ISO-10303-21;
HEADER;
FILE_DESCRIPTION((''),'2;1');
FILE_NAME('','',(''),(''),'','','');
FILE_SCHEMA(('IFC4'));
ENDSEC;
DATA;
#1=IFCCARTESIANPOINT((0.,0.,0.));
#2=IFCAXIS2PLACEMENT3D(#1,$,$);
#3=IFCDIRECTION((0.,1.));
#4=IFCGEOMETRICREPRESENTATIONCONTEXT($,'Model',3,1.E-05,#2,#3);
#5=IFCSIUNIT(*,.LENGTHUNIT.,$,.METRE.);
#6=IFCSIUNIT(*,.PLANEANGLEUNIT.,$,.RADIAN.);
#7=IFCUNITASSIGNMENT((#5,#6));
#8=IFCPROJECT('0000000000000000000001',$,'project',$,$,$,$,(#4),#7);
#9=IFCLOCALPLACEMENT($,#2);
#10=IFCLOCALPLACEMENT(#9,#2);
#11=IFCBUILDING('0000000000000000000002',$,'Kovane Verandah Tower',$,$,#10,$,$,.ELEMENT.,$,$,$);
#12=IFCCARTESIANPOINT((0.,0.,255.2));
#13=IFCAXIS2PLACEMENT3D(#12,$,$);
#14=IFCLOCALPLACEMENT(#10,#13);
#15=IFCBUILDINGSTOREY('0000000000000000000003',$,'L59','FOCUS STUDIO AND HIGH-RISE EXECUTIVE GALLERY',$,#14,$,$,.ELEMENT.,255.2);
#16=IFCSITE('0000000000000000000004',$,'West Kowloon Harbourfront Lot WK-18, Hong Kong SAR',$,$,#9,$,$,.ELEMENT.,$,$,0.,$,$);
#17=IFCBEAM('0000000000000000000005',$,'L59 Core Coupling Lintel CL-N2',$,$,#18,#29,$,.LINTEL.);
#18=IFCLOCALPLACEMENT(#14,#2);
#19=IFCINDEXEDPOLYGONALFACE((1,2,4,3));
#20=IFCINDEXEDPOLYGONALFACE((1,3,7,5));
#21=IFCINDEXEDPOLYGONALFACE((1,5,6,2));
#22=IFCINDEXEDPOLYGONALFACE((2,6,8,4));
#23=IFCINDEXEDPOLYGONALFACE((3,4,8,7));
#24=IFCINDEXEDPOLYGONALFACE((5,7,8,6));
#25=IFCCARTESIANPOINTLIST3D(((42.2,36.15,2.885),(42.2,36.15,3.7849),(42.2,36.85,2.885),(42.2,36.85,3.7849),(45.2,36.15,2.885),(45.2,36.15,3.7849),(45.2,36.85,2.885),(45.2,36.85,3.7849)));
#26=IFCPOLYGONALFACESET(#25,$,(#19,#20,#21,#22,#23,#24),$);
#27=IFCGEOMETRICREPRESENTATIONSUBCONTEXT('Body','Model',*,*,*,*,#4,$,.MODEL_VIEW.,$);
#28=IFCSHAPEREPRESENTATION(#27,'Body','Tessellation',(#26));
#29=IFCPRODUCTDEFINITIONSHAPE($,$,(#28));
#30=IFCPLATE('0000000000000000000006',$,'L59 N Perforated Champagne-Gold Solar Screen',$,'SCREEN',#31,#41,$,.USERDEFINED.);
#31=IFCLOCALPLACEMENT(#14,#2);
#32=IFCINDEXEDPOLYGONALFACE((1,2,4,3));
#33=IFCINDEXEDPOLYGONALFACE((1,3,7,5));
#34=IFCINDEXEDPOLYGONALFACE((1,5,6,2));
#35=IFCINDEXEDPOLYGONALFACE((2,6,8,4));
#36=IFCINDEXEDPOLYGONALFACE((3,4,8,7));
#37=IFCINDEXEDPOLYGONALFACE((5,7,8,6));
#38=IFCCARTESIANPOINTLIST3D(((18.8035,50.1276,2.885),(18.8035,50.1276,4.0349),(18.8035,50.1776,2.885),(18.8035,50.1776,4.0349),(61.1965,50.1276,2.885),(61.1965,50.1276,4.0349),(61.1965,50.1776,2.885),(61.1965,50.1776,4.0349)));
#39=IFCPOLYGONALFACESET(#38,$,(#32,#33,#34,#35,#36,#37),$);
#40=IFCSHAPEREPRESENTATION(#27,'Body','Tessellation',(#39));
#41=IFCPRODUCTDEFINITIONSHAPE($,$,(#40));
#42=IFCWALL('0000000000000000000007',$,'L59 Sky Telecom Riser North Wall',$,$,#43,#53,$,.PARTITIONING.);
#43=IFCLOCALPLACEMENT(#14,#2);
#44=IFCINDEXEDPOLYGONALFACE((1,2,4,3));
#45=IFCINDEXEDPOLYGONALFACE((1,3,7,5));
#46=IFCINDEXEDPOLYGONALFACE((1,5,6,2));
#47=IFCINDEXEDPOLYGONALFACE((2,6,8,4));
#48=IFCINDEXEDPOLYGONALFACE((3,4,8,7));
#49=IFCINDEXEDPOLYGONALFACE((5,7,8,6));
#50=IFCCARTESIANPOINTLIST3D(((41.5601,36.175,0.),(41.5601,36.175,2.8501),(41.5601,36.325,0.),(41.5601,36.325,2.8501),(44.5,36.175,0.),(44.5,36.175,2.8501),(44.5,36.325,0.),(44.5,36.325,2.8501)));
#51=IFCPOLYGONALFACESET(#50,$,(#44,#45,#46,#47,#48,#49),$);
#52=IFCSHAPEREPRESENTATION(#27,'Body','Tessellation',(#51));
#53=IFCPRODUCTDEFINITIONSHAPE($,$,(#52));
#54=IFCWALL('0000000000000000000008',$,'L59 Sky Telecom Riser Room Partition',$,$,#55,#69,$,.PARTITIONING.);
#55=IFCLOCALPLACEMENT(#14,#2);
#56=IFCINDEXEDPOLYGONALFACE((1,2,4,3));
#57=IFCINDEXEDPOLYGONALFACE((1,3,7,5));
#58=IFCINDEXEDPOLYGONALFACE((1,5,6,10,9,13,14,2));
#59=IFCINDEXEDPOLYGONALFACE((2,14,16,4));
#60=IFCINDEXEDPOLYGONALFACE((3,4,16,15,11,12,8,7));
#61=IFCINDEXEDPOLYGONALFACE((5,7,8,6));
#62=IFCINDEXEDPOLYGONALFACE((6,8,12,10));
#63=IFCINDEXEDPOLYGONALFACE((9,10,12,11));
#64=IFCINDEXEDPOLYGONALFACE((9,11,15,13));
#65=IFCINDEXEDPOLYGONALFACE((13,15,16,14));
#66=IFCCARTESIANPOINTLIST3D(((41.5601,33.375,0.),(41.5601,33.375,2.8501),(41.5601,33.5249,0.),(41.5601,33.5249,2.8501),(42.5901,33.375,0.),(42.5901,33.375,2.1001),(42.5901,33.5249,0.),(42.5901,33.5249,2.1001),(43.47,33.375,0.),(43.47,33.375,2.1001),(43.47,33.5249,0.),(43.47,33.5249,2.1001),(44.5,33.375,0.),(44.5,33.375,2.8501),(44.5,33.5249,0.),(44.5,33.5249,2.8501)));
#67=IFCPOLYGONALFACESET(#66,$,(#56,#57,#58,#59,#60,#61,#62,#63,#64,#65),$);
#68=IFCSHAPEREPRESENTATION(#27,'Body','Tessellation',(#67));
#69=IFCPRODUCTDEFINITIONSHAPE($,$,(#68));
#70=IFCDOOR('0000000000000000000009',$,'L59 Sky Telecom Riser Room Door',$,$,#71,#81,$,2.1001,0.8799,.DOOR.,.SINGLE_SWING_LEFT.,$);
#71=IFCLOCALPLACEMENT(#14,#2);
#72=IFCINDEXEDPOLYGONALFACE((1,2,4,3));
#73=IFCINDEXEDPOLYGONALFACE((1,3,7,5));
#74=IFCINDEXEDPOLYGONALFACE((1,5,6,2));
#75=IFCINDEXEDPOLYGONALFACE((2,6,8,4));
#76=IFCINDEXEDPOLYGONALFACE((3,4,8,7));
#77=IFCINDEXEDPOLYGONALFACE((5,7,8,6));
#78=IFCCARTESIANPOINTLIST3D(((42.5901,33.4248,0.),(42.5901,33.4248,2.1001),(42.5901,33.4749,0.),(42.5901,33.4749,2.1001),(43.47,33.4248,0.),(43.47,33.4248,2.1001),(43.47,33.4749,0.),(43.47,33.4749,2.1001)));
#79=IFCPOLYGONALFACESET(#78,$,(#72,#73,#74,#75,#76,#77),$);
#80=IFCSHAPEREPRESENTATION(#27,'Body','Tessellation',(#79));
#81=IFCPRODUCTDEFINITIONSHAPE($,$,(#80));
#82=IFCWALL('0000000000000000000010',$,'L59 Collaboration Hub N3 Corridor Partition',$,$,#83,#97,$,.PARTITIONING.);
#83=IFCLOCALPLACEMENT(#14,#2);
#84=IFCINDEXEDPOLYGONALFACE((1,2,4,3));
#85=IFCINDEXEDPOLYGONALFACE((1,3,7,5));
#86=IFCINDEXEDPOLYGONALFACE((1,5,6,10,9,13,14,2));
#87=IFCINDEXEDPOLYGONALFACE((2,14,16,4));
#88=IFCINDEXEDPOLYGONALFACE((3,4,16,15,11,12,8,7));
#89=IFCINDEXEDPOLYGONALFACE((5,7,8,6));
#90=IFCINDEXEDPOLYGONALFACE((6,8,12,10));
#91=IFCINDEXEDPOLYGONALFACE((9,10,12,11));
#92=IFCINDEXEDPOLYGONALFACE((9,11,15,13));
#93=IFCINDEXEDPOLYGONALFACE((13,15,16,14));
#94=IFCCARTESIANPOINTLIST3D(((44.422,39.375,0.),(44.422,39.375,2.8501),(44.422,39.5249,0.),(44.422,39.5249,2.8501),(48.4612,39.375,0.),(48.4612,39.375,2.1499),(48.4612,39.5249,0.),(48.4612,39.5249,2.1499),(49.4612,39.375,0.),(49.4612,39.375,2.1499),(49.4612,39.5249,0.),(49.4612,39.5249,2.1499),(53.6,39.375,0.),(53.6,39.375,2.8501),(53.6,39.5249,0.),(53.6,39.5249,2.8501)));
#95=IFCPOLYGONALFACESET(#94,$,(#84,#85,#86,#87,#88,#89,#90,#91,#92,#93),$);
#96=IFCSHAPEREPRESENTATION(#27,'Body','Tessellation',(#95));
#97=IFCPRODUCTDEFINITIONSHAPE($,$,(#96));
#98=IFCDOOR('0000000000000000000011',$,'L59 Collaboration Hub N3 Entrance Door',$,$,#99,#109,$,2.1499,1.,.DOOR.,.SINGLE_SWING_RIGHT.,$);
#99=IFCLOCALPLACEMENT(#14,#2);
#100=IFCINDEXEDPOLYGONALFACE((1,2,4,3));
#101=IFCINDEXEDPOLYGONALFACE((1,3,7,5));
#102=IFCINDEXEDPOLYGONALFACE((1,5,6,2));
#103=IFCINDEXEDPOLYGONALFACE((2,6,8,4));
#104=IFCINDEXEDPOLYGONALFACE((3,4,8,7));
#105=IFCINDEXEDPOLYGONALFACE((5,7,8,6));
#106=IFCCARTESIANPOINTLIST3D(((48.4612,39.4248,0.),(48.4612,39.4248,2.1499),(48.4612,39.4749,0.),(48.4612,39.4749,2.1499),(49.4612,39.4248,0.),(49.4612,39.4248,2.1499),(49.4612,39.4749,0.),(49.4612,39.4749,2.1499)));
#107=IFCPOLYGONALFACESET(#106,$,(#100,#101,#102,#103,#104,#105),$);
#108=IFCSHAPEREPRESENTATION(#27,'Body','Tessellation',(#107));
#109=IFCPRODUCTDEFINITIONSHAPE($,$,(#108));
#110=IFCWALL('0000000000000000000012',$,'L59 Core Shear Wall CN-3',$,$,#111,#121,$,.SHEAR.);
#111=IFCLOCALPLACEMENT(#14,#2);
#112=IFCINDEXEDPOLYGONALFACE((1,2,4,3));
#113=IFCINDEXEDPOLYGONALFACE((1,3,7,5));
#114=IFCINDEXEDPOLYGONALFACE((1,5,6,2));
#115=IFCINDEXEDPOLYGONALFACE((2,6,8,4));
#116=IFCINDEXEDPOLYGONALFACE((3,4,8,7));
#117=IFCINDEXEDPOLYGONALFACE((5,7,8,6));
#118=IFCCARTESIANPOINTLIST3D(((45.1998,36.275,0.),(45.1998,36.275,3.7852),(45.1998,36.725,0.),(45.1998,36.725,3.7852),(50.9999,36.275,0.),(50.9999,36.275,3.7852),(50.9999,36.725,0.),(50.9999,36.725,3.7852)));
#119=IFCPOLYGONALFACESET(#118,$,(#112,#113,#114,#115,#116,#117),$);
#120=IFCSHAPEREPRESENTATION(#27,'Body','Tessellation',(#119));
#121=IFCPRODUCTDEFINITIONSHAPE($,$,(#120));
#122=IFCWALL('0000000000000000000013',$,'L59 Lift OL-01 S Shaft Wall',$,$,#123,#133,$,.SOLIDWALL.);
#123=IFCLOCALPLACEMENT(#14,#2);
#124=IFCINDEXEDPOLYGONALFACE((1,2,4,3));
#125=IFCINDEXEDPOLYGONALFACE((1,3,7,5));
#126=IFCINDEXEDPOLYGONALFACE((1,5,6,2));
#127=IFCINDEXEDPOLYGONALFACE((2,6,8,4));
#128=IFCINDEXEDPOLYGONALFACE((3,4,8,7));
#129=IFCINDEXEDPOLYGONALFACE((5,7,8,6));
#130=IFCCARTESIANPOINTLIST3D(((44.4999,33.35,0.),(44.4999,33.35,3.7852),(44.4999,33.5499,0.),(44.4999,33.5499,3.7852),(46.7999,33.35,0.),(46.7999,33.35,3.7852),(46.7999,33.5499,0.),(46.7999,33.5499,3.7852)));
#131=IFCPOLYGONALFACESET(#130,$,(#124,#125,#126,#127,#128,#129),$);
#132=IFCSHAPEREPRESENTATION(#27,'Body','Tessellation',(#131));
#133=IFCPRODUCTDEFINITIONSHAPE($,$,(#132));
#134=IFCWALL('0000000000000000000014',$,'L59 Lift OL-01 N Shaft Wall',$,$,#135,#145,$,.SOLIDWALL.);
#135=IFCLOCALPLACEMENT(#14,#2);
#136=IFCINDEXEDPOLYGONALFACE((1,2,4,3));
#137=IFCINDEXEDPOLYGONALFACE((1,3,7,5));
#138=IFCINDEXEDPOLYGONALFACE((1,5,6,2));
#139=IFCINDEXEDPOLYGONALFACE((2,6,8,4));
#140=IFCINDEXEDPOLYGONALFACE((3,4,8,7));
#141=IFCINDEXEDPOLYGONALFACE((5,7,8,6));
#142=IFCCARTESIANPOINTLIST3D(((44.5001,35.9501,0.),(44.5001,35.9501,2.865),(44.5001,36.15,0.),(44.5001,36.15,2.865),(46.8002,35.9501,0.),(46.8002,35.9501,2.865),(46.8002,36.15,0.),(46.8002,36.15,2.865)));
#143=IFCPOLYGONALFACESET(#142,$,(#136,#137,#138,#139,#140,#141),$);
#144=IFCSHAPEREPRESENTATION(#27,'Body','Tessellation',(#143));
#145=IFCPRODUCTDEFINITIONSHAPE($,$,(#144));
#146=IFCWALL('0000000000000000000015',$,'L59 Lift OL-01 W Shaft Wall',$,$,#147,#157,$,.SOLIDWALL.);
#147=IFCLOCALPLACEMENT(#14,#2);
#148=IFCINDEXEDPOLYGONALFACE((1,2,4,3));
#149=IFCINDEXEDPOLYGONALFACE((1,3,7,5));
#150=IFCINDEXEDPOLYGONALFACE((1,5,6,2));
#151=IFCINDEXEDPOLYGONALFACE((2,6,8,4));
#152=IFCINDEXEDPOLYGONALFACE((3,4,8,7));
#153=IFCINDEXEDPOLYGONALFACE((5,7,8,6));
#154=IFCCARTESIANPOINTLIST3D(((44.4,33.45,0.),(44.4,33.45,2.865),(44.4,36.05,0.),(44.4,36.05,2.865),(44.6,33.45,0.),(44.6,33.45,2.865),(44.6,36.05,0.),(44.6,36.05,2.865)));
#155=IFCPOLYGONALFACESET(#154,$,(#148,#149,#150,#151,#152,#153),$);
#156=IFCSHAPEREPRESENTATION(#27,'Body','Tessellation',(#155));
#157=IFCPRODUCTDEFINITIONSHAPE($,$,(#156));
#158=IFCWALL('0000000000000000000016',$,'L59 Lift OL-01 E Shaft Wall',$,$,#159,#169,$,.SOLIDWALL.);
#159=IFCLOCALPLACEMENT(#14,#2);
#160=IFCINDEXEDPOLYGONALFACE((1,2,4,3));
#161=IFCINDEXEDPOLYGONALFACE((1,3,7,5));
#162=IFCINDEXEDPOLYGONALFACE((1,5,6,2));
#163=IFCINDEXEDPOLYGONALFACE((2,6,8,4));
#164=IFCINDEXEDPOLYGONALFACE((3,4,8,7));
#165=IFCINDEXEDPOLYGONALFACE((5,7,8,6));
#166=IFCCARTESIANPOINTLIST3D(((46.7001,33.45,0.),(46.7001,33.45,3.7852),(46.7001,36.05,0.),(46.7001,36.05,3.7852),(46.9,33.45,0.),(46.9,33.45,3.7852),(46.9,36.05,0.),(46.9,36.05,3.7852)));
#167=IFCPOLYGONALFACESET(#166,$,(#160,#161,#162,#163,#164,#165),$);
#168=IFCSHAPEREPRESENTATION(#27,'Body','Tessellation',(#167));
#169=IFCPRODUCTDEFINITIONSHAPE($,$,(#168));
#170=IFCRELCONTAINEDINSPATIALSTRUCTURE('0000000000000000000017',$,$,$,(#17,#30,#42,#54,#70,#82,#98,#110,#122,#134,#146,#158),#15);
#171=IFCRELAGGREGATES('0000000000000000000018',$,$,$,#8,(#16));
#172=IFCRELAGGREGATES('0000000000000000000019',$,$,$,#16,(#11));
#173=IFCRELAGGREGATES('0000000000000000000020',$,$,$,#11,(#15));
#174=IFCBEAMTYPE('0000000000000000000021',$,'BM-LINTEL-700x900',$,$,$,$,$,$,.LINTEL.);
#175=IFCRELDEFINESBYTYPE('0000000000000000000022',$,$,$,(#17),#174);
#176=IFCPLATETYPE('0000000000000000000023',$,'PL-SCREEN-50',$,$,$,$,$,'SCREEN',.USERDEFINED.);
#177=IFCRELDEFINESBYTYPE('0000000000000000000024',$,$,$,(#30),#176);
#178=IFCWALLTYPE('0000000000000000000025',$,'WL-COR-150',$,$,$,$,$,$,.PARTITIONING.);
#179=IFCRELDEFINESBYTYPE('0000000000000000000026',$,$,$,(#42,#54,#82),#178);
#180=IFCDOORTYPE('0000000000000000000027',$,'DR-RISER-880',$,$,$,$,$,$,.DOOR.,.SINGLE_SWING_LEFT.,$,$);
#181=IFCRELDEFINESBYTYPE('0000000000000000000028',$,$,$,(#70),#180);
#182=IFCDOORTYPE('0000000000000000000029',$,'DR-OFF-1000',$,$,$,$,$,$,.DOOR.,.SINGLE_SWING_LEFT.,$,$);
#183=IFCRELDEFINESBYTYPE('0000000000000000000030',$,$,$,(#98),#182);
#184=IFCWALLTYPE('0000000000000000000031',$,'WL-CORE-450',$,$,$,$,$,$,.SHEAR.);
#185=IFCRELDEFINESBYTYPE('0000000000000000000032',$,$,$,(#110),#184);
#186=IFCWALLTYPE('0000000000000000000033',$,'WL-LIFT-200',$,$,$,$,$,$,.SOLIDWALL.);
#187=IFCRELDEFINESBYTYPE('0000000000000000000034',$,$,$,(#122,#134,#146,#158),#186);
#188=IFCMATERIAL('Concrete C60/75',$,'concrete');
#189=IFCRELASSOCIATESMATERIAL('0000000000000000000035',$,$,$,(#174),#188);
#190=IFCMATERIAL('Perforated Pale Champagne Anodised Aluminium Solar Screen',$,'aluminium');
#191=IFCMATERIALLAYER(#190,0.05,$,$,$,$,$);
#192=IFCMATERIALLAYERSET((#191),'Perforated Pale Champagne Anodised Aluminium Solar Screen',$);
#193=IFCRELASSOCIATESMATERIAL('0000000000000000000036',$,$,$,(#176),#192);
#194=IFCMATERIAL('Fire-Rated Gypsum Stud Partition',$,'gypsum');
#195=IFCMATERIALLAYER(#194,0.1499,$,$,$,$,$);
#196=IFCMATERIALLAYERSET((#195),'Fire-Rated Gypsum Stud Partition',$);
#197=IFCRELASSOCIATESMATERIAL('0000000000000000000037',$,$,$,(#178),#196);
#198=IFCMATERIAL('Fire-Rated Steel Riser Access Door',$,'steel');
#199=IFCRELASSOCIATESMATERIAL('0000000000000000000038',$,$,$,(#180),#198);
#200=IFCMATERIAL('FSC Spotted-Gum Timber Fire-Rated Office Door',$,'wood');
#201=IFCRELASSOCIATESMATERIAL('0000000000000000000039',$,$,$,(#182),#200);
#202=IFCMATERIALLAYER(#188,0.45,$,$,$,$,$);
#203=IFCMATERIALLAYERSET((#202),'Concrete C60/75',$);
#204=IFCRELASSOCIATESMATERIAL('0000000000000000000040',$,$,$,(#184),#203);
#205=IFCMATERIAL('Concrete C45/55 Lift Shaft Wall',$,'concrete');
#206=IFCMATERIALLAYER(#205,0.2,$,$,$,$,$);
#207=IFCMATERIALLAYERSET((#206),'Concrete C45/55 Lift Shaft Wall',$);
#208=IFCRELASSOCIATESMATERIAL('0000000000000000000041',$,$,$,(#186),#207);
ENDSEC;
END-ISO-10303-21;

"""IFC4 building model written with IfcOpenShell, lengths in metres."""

from ifc_helpers import new_model, si_unit, direction, frame, frame_2d, origin, origin_2d, place, context, subcontext, project, spatial, rectangle, extrude, material, layer, layer_set, material_profile, profile_set, type_object, element, fill, save


model = new_model("IFC4")

# Units and contexts
model_context = context("Model", 3, precision=1e-05, world=origin(), true_north=direction((0.0, 1.0)))
body_context = subcontext(model_context, "Body", "Model", "MODEL_VIEW")
ifc_project = project(units=[si_unit("LENGTHUNIT", "METRE"), si_unit("PLANEANGLEUNIT", "RADIAN")], contexts=[model_context])

# Site, building, storey
site_placement = place(None, origin())
site = spatial("IfcSite", under=ifc_project, at=site_placement, Name="West Kowloon Harbourfront Lot WK-18, Hong Kong SAR", CompositionType="ELEMENT", RefElevation=0.0)
building_placement = place(site_placement, origin())
building = spatial("IfcBuilding", under=site, at=building_placement, Name="Kovane Verandah Tower", CompositionType="ELEMENT")
storey_placement = place(building_placement, frame((0.0, 0.0, 255.2)))
storey = spatial("IfcBuildingStorey", under=building, at=storey_placement, Name="L59", Description="FOCUS STUDIO AND HIGH-RISE EXECUTIVE GALLERY", CompositionType="ELEMENT", Elevation=255.2)

# Beam
ifc_material_1 = material(Name="Concrete C60/75", Category="concrete")
ifc_material_profile = material_profile(ifc_material_1, rectangle(XDim=0.7, YDim=0.8999, at=origin_2d()), Name="RCB700x900")
ifc_profile_set = profile_set([ifc_material_profile], Name="Concrete C60/75")
beam_type = type_object("IfcBeamType", Name="BM-LINTEL-700x900", PredefinedType="LINTEL", material=ifc_profile_set)
beam_placement = place(storey_placement, frame((42.2, 36.5, 3.335), z_axis=(1.0, 0.0, 0.0), x_axis=(0.0, 1.0, 0.0)))
element("IfcBeam", 1, at=beam_placement, inside=storey, type_object=beam_type, Name="L59 Core Coupling Lintel CL-N2", PredefinedType="LINTEL", context=body_context, shape_type="SweptSolid", body=[
    extrude(rectangle(XDim=0.7, YDim=0.8999, at=origin_2d()), origin(), (0.0, 0.0, 1.0), 3.0),
])

# Plate
ifc_material_2 = material(Name="Perforated Pale Champagne Anodised Aluminium Solar Screen", Category="aluminium")
ifc_layer_1 = layer(ifc_material_2, 0.05)
ifc_layer_set_1 = layer_set([ifc_layer_1], Name="Perforated Pale Champagne Anodised Aluminium Solar Screen")
plate_type = type_object("IfcPlateType", Name="PL-SCREEN-50", ElementType="SCREEN", PredefinedType="USERDEFINED", material=ifc_layer_set_1)
plate_placement = place(storey_placement, frame((40.0, 50.1526, 2.885), z_axis=(0.0, 0.0, 1.0), x_axis=(-1.0, 0.0, 0.0)))
element("IfcPlate", 2, at=plate_placement, inside=storey, type_object=plate_type, Name="L59 N Perforated Champagne-Gold Solar Screen", ObjectType="SCREEN", PredefinedType="USERDEFINED", context=body_context, shape_type="SweptSolid", body=[
    extrude(rectangle(XDim=42.3931, YDim=0.05, at=origin_2d()), origin(), (0.0, 0.0, 1.0), 1.1499),
])

# Wall
ifc_material_3 = material(Name="Fire-Rated Gypsum Stud Partition", Category="gypsum")
ifc_layer_2 = layer(ifc_material_3, 0.1499)
ifc_layer_set_2 = layer_set([ifc_layer_2], Name="Fire-Rated Gypsum Stud Partition")
wall_type_1 = type_object("IfcWallType", Name="WL-COR-150", PredefinedType="PARTITIONING", material=ifc_layer_set_2)
wall_1_placement = place(storey_placement, frame((41.5601, 36.25, 0.0), z_axis=(0.0, 0.0, 1.0), x_axis=(1.0, 0.0, 0.0)))
element("IfcWall", 3, at=wall_1_placement, inside=storey, type_object=wall_type_1, Name="L59 Sky Telecom Riser North Wall", PredefinedType="PARTITIONING", context=body_context, shape_type="SweptSolid", body=[
    extrude(rectangle(XDim=2.9399, YDim=0.1499, at=frame_2d((1.47, 0.0))), origin(), (0.0, 0.0, 1.0), 2.8501),
])

# Walls, openings, doors
wall_2_placement = place(storey_placement, frame((41.5601, 33.45, 0.0), z_axis=(0.0, 0.0, 1.0), x_axis=(1.0, 0.0, 0.0)))
wall_2 = element("IfcWall", 4, at=wall_2_placement, inside=storey, type_object=wall_type_1, Name="L59 Sky Telecom Riser Room Partition", PredefinedType="PARTITIONING", context=body_context, shape_type="SweptSolid", body=[
    extrude(rectangle(XDim=2.9399, YDim=0.1499, at=frame_2d((1.47, 0.0))), origin(), (0.0, 0.0, 1.0), 2.8501),
])
opening_1_placement = place(wall_2_placement, frame((1.03, 0.0, 0.0)))
opening_1 = element("IfcOpeningElement", 5, at=opening_1_placement, cuts=wall_2, PredefinedType="OPENING", context=body_context, shape_type="SweptSolid", body=[
    extrude(rectangle(XDim=0.8799, YDim=2.1001, at=frame_2d((0.4399, 1.05))), frame((0.0, 0.075, 0.0), z_axis=(0.0, -1.0, 0.0), x_axis=(1.0, 0.0, 0.0)), (0.0, 0.0, 1.0), 0.1499),
])
ifc_material_4 = material(Name="Fire-Rated Steel Riser Access Door", Category="steel")
door_type_1 = type_object("IfcDoorType", Name="DR-RISER-880", OperationType="SINGLE_SWING_LEFT", PredefinedType="DOOR", material=ifc_material_4)
door_1_placement = place(opening_1_placement, origin())
door_1 = element("IfcDoor", 6, at=door_1_placement, inside=storey, type_object=door_type_1, Name="L59 Sky Telecom Riser Room Door", OperationType="SINGLE_SWING_LEFT", OverallHeight=2.1001, OverallWidth=0.8799, PredefinedType="DOOR", context=body_context, shape_type="SweptSolid", body=[
    extrude(rectangle(XDim=0.8799, YDim=2.1001, at=frame_2d((0.4399, 1.05))), frame((0.0, 0.0249, 0.0), z_axis=(0.0, -1.0, 0.0), x_axis=(1.0, 0.0, 0.0)), (0.0, 0.0, 1.0), 0.05),
])
fill(opening_1, door_1)
wall_3_placement = place(storey_placement, frame((44.4221, 39.45, 0.0), z_axis=(0.0, 0.0, 1.0), x_axis=(1.0, 0.0, 0.0)))
wall_3 = element("IfcWall", 7, at=wall_3_placement, inside=storey, type_object=wall_type_1, Name="L59 Collaboration Hub N3 Corridor Partition", PredefinedType="PARTITIONING", context=body_context, shape_type="SweptSolid", body=[
    extrude(rectangle(XDim=9.178, YDim=0.1499, at=frame_2d((4.5889, 0.0))), origin(), (0.0, 0.0, 1.0), 2.8501),
])
opening_2_placement = place(wall_3_placement, frame((4.0391, 0.0, 0.0)))
opening_2 = element("IfcOpeningElement", 8, at=opening_2_placement, cuts=wall_3, PredefinedType="OPENING", context=body_context, shape_type="SweptSolid", body=[
    extrude(rectangle(XDim=1.0, YDim=2.1499, at=frame_2d((0.5, 1.075))), frame((0.0, 0.075, 0.0), z_axis=(0.0, -1.0, 0.0), x_axis=(1.0, 0.0, 0.0)), (0.0, 0.0, 1.0), 0.1499),
])
ifc_material_5 = material(Name="FSC Spotted-Gum Timber Fire-Rated Office Door", Category="wood")
door_type_2 = type_object("IfcDoorType", Name="DR-OFF-1000", OperationType="SINGLE_SWING_LEFT", PredefinedType="DOOR", material=ifc_material_5)
door_2_placement = place(opening_2_placement, origin())
door_2 = element("IfcDoor", 9, at=door_2_placement, inside=storey, type_object=door_type_2, Name="L59 Collaboration Hub N3 Entrance Door", OperationType="SINGLE_SWING_RIGHT", OverallHeight=2.1499, OverallWidth=1.0, PredefinedType="DOOR", context=body_context, shape_type="SweptSolid", body=[
    extrude(rectangle(XDim=1.0, YDim=2.1499, at=frame_2d((0.5, 1.075))), frame((0.0, 0.0249, 0.0), z_axis=(0.0, -1.0, 0.0), x_axis=(1.0, 0.0, 0.0)), (0.0, 0.0, 1.0), 0.05),
])
fill(opening_2, door_2)

# Walls
ifc_layer_3 = layer(ifc_material_1, 0.45)
ifc_layer_set_3 = layer_set([ifc_layer_3], Name="Concrete C60/75")
wall_type_2 = type_object("IfcWallType", Name="WL-CORE-450", PredefinedType="SHEAR", material=ifc_layer_set_3)
wall_4_placement = place(storey_placement, frame((45.2, 36.5, 0.0), z_axis=(0.0, 0.0, 1.0), x_axis=(1.0, 0.0, 0.0)))
element("IfcWall", 10, at=wall_4_placement, inside=storey, type_object=wall_type_2, Name="L59 Core Shear Wall CN-3", PredefinedType="SHEAR", context=body_context, shape_type="SweptSolid", body=[
    extrude(rectangle(XDim=5.8, YDim=0.45, at=frame_2d((2.8999, 0.0))), origin(), (0.0, 0.0, 1.0), 3.7852),
])
ifc_material_6 = material(Name="Concrete C45/55 Lift Shaft Wall", Category="concrete")
ifc_layer_4 = layer(ifc_material_6, 0.2)
ifc_layer_set_4 = layer_set([ifc_layer_4], Name="Concrete C45/55 Lift Shaft Wall")
wall_type_3 = type_object("IfcWallType", Name="WL-LIFT-200", PredefinedType="SOLIDWALL", material=ifc_layer_set_4)
wall_5_placement = place(storey_placement, frame((44.5, 33.45, 0.0), z_axis=(0.0, 0.0, 1.0), x_axis=(1.0, 0.0, 0.0)))
element("IfcWall", 11, at=wall_5_placement, inside=storey, type_object=wall_type_3, Name="L59 Lift OL-01 S Shaft Wall", PredefinedType="SOLIDWALL", context=body_context, shape_type="SweptSolid", body=[
    extrude(rectangle(XDim=2.3, YDim=0.2, at=frame_2d((1.1499, 0.0))), origin(), (0.0, 0.0, 1.0), 3.7852),
])
wall_6_placement = place(storey_placement, frame((46.8, 36.05, 0.0), z_axis=(0.0, 0.0, 1.0), x_axis=(-1.0, 0.0, 0.0)))
element("IfcWall", 12, at=wall_6_placement, inside=storey, type_object=wall_type_3, Name="L59 Lift OL-01 N Shaft Wall", PredefinedType="SOLIDWALL", context=body_context, shape_type="SweptSolid", body=[
    extrude(rectangle(XDim=2.3, YDim=0.2, at=frame_2d((1.1499, 0.0))), origin(), (0.0, 0.0, 1.0), 2.865),
])
wall_7_placement = place(storey_placement, frame((44.5, 36.05, 0.0), z_axis=(0.0, 0.0, 1.0), x_axis=(0.0, -1.0, 0.0)))
element("IfcWall", 13, at=wall_7_placement, inside=storey, type_object=wall_type_3, Name="L59 Lift OL-01 W Shaft Wall", PredefinedType="SOLIDWALL", context=body_context, shape_type="SweptSolid", body=[
    extrude(rectangle(XDim=2.6001, YDim=0.2, at=frame_2d((1.3, 0.0))), origin(), (0.0, 0.0, 1.0), 2.865),
])
wall_8_placement = place(storey_placement, frame((46.8, 33.45, 0.0), z_axis=(0.0, 0.0, 1.0), x_axis=(0.0, 1.0, 0.0)))
element("IfcWall", 14, at=wall_8_placement, inside=storey, type_object=wall_type_3, Name="L59 Lift OL-01 E Shaft Wall", PredefinedType="SOLIDWALL", context=body_context, shape_type="SweptSolid", body=[
    extrude(rectangle(XDim=2.6001, YDim=0.2, at=frame_2d((1.3, 0.0))), origin(), (0.0, 0.0, 1.0), 3.7852),
])

save(model, "model.ifc")
